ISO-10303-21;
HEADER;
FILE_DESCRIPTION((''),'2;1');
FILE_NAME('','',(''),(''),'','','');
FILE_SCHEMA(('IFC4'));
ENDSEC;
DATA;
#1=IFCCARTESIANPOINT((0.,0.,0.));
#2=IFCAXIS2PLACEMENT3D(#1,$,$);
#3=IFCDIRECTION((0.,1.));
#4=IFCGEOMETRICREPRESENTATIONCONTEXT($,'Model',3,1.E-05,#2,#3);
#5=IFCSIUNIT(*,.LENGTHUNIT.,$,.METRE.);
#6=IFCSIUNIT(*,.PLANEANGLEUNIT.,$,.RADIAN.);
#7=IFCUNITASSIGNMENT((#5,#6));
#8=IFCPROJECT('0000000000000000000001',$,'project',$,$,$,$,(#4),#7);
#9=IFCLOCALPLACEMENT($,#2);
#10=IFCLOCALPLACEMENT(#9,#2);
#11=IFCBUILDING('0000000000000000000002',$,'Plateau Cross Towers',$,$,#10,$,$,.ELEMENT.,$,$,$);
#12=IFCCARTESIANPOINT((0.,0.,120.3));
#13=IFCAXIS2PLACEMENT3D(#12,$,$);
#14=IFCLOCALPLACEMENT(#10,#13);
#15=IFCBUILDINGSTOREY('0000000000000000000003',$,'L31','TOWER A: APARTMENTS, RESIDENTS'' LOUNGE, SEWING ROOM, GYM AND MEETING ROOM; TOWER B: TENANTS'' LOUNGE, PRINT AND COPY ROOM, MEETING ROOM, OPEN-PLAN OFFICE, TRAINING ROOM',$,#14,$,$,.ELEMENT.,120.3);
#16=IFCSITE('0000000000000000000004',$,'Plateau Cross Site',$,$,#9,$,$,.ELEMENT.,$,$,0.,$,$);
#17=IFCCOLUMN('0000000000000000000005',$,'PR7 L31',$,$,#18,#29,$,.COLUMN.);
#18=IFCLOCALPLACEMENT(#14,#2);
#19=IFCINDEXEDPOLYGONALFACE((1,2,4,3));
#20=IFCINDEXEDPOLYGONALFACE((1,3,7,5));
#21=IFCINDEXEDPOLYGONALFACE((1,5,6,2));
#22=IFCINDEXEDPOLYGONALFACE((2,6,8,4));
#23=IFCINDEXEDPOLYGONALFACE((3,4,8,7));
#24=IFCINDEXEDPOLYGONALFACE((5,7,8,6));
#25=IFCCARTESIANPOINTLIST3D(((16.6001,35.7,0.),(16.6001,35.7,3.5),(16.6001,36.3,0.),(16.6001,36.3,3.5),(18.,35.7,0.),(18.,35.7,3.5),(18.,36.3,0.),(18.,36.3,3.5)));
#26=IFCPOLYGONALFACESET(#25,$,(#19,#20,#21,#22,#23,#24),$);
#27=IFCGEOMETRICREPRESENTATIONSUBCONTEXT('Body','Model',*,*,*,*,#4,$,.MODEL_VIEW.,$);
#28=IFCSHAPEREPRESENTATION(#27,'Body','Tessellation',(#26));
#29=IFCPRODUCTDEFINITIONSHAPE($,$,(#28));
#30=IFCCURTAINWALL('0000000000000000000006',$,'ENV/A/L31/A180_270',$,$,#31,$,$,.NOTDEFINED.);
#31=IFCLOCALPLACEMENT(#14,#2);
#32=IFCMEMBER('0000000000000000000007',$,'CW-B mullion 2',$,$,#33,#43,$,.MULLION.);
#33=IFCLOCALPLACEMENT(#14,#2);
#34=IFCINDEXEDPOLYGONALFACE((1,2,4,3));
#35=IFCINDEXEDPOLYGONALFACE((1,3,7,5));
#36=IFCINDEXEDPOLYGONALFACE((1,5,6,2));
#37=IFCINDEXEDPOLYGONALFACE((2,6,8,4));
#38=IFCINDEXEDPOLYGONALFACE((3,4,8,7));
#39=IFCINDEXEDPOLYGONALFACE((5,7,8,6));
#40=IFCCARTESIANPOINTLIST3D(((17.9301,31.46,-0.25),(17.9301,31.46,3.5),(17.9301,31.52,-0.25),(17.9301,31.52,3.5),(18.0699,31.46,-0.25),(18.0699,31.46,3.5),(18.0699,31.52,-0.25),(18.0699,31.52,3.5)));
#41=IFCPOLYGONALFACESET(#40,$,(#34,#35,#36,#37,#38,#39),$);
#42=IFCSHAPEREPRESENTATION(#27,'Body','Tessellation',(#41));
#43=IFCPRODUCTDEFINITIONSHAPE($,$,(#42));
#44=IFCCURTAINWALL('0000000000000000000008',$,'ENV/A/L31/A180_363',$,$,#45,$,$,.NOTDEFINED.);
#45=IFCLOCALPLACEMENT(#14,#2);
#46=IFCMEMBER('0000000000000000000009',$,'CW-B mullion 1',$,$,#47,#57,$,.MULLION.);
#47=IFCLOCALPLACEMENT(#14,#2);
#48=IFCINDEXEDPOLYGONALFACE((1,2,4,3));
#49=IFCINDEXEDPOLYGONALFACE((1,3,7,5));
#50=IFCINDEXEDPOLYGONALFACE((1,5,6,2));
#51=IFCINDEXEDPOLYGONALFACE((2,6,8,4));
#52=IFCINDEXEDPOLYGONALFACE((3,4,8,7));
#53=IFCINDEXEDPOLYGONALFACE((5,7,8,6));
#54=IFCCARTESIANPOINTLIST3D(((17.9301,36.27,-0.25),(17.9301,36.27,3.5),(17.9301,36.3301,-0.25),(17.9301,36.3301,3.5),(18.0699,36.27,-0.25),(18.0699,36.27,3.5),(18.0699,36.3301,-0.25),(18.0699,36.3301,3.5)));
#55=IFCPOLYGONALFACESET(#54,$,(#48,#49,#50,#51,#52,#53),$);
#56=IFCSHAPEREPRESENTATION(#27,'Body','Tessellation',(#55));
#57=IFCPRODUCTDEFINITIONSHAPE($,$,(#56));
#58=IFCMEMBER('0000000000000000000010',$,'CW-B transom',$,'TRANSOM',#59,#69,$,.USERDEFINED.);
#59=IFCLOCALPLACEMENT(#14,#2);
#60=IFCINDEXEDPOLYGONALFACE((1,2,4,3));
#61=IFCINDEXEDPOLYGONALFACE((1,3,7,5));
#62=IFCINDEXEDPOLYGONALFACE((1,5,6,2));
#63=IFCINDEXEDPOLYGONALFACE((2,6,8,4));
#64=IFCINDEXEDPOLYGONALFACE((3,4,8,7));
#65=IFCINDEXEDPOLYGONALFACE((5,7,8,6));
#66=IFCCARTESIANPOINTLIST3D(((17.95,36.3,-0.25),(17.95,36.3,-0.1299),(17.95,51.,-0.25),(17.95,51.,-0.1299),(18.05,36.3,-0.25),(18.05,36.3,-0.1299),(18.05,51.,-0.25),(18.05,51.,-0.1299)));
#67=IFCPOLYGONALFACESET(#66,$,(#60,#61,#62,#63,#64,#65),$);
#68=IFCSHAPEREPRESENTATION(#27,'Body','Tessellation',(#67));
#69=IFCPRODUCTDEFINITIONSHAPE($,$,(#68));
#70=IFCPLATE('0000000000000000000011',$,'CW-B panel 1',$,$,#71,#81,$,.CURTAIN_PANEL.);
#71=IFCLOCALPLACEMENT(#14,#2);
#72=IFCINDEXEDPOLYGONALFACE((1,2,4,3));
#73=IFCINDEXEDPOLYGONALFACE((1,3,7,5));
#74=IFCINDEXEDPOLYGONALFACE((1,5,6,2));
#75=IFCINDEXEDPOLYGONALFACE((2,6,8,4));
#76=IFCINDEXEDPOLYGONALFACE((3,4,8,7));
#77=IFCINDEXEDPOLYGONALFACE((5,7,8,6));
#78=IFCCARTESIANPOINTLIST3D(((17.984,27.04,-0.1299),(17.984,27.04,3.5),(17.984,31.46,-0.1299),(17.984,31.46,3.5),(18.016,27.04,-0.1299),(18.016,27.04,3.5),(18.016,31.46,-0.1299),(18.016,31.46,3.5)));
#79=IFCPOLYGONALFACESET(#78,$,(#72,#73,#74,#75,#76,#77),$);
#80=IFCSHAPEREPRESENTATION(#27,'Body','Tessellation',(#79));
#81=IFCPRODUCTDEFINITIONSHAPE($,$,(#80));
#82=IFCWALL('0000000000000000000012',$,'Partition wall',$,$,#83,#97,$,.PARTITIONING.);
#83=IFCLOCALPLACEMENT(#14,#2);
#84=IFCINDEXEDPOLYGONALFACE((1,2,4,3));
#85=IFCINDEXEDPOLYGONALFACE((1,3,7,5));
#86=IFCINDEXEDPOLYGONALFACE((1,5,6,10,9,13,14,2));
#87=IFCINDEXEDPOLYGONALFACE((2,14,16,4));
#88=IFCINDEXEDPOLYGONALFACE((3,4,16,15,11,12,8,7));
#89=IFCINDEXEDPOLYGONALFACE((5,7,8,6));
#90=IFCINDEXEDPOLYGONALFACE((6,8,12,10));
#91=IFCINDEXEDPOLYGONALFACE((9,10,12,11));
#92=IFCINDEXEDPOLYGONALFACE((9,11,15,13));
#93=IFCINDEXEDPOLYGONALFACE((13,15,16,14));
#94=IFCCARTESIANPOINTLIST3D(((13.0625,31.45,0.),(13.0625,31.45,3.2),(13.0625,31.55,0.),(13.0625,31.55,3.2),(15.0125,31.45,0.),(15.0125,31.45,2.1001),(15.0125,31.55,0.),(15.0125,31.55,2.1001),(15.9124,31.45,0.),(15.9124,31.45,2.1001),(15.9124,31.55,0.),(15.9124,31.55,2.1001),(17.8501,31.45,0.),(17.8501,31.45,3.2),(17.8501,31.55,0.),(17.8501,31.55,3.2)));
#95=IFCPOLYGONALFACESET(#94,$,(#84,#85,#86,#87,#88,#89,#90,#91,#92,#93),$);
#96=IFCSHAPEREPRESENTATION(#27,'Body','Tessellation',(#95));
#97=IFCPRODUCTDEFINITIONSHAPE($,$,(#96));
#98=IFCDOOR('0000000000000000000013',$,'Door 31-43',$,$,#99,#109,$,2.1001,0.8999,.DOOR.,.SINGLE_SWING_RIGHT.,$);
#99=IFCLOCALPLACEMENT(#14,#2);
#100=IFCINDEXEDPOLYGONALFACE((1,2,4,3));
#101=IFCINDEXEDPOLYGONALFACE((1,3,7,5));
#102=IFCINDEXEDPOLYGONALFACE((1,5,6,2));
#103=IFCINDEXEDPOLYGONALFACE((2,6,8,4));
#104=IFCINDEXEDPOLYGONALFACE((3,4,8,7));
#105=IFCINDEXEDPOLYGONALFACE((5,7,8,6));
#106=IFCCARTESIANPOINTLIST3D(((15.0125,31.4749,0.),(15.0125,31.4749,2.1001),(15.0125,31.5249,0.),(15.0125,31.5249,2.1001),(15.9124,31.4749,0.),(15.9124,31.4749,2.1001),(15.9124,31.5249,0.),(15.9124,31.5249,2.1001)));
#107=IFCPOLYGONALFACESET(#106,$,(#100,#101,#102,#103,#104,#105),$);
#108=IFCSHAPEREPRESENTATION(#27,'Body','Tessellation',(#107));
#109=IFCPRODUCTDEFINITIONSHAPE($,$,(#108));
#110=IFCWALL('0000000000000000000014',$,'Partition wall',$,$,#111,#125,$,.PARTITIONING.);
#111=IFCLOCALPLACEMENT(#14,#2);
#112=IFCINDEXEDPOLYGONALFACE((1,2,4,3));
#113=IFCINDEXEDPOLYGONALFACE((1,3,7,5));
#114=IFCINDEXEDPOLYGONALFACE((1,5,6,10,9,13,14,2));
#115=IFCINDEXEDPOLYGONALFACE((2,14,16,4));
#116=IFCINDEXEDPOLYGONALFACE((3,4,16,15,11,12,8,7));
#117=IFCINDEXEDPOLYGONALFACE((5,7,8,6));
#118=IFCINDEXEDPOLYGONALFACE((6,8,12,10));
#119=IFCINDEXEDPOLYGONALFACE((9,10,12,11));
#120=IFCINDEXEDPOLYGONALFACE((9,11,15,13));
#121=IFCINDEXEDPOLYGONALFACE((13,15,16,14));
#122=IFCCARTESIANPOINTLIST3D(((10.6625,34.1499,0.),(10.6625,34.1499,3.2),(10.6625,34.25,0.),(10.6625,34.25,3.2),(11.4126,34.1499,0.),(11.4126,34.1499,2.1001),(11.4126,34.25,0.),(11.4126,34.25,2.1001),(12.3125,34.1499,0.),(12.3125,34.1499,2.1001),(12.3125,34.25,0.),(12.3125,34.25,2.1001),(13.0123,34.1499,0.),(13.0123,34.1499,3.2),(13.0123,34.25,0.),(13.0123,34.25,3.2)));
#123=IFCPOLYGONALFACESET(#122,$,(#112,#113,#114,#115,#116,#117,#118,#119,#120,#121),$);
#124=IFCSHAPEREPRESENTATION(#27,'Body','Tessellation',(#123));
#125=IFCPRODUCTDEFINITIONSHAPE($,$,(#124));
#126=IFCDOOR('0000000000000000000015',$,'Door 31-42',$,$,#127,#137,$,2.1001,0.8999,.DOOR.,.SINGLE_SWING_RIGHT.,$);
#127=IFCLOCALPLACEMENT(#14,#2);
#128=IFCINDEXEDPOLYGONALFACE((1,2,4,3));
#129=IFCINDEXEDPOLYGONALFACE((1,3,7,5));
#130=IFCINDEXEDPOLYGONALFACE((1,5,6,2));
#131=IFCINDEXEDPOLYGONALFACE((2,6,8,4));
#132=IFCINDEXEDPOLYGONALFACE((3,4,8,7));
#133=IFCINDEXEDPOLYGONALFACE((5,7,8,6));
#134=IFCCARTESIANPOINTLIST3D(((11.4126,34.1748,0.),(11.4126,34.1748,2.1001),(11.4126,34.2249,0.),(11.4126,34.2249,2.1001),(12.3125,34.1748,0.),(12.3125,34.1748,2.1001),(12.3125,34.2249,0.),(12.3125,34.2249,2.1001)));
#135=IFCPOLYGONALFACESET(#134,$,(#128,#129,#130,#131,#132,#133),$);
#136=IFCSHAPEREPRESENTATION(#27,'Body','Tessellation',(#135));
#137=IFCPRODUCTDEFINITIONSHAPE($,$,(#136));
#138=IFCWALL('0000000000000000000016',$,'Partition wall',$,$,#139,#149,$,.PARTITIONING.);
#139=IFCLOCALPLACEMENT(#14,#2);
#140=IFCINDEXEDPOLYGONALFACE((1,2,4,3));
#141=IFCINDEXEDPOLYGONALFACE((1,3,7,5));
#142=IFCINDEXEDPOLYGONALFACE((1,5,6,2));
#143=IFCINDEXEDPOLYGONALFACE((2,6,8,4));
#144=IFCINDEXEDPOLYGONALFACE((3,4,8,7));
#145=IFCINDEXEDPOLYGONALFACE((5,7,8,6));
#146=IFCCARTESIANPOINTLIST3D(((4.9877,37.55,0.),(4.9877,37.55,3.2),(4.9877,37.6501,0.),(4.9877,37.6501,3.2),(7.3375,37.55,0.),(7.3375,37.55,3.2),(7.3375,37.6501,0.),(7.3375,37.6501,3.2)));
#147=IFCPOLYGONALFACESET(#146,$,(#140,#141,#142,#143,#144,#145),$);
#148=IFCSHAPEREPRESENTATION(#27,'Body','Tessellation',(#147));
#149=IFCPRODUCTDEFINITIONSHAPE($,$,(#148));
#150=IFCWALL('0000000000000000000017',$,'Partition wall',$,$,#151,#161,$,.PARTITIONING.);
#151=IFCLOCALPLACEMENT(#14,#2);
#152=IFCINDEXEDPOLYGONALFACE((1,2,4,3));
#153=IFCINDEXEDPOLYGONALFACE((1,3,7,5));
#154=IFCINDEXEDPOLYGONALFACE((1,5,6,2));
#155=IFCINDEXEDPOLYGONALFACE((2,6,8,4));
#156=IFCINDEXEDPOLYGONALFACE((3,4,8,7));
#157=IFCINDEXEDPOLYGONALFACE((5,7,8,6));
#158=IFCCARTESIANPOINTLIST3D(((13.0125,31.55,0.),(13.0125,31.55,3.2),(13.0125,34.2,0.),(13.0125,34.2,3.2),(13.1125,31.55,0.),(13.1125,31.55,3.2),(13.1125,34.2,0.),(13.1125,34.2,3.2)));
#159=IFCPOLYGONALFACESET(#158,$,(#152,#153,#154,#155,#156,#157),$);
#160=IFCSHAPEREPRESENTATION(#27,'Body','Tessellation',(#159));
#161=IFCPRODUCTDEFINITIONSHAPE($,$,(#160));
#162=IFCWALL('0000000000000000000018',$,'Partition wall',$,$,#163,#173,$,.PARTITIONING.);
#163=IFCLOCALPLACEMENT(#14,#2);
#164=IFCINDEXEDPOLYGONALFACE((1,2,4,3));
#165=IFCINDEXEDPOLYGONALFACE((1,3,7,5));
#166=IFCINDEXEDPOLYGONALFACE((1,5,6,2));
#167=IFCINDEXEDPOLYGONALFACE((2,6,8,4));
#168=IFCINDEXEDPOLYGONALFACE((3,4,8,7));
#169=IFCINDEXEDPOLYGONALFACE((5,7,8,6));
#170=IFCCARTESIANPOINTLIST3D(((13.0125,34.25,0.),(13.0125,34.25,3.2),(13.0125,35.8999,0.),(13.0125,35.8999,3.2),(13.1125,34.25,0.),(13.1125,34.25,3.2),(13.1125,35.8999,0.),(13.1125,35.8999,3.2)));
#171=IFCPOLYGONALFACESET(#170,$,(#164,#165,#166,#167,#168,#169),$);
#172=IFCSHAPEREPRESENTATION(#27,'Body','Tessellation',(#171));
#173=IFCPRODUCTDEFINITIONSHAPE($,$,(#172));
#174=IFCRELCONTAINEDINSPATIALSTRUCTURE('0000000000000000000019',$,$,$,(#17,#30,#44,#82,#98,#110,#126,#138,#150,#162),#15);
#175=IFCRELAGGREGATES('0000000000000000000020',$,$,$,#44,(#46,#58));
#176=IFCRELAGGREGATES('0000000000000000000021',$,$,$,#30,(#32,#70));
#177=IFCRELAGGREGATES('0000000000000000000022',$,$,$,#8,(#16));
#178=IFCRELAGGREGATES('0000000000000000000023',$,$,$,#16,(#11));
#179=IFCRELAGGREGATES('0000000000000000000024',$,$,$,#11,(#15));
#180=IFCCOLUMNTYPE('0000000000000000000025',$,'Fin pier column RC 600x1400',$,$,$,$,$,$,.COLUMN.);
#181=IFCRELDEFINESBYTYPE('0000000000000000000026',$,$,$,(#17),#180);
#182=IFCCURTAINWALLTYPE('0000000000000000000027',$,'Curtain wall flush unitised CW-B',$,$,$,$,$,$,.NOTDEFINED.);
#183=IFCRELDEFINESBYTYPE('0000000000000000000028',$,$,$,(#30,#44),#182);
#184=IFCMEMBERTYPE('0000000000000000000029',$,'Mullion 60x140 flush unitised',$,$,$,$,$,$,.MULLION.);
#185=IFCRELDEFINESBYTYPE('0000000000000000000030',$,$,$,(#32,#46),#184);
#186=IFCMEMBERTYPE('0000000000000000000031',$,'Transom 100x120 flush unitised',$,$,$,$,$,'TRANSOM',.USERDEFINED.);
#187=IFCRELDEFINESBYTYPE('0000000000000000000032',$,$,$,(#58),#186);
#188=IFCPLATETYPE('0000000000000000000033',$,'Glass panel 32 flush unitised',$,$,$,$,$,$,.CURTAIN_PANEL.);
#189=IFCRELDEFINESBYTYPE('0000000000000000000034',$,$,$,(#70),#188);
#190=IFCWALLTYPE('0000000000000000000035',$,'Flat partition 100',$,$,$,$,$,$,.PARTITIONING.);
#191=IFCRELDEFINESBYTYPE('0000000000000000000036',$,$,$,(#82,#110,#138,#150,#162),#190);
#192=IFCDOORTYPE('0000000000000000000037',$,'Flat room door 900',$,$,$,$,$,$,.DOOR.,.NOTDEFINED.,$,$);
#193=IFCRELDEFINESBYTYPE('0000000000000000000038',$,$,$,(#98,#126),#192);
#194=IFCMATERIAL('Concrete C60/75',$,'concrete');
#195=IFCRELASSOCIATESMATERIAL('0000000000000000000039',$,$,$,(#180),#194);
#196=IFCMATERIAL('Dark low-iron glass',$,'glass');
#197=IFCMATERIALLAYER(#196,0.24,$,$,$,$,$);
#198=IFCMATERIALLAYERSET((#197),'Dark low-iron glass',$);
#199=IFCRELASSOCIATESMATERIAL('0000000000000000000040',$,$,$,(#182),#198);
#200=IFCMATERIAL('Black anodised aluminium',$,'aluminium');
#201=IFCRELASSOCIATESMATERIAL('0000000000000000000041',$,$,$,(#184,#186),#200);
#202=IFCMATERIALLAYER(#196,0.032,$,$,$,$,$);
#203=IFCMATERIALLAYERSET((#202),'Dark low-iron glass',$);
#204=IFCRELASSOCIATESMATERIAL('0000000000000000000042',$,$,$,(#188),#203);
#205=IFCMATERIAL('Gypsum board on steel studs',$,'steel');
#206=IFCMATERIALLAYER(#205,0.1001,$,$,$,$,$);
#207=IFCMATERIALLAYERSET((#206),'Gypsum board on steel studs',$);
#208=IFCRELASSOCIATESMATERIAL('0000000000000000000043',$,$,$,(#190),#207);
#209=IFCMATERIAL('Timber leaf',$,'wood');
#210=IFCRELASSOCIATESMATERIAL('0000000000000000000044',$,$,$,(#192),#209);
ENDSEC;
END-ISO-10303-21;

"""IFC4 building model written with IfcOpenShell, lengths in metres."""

from ifc_helpers import new_model, si_unit, direction, frame, frame_2d, origin, origin_2d, place, context, subcontext, project, spatial, rectangle, extrude, material, layer, layer_set, material_profile, profile_set, type_object, element, fill, aggregate, save


model = new_model("IFC4")

# Units and contexts
model_context = context("Model", 3, precision=1e-05, world=origin(), true_north=direction((0.0, 1.0)))
body_context = subcontext(model_context, "Body", "Model", "MODEL_VIEW")
ifc_project = project(units=[si_unit("LENGTHUNIT", "METRE"), si_unit("PLANEANGLEUNIT", "RADIAN")], contexts=[model_context])

# Site, building, storey
site_placement = place(None, origin())
site = spatial("IfcSite", under=ifc_project, at=site_placement, Name="Plateau Cross Site", CompositionType="ELEMENT", RefElevation=0.0)
building_placement = place(site_placement, origin())
building = spatial("IfcBuilding", under=site, at=building_placement, Name="Plateau Cross Towers", CompositionType="ELEMENT")
storey_placement = place(building_placement, frame((0.0, 0.0, 120.3)))
storey = spatial("IfcBuildingStorey", under=building, at=storey_placement, Name="L31", Description="TOWER A: APARTMENTS, RESIDENTS' LOUNGE, SEWING ROOM, GYM AND MEETING ROOM; TOWER B: TENANTS' LOUNGE, PRINT AND COPY ROOM, MEETING ROOM, OPEN-PLAN OFFICE, TRAINING ROOM", CompositionType="ELEMENT", Elevation=120.3)

# Column
ifc_material_1 = material(Name="Concrete C60/75", Category="concrete")
ifc_material_profile_1 = material_profile(ifc_material_1, rectangle(XDim=0.6001, YDim=1.3999, at=origin_2d()), Name="RC 600x1400")
ifc_profile_set_1 = profile_set([ifc_material_profile_1], Name="Concrete C60/75")
column_type = type_object("IfcColumnType", Name="Fin pier column RC 600x1400", PredefinedType="COLUMN", material=ifc_profile_set_1)
column_placement = place(storey_placement, frame((17.3, 36.0, 0.0), z_axis=(0.0, 0.0, 1.0), x_axis=(0.0, 1.0, 0.0)))
element("IfcColumn", 1, at=column_placement, inside=storey, type_object=column_type, Name="PR7 L31", PredefinedType="COLUMN", context=body_context, shape_type="SweptSolid", body=[
    extrude(rectangle(XDim=0.6001, YDim=1.3999, at=origin_2d()), origin(), (0.0, 0.0, 1.0), 3.5),
])

# Curtain wall, member
ifc_material_2 = material(Name="Dark low-iron glass", Category="glass")
ifc_layer_1 = layer(ifc_material_2, 0.24)
ifc_layer_set_1 = layer_set([ifc_layer_1], Name="Dark low-iron glass")
curtain_wall_type = type_object("IfcCurtainWallType", Name="Curtain wall flush unitised CW-B", PredefinedType="NOTDEFINED", material=ifc_layer_set_1)
curtain_wall_1_placement = place(storey_placement, origin())
curtain_wall_1 = element("IfcCurtainWall", 2, at=curtain_wall_1_placement, inside=storey, type_object=curtain_wall_type, Name="ENV/A/L31/A180_270", PredefinedType="NOTDEFINED")
ifc_material_3 = material(Name="Black anodised aluminium", Category="aluminium")
ifc_material_profile_2 = material_profile(ifc_material_3, rectangle(XDim=0.0601, YDim=0.1399, at=origin_2d()), Name="MULLION 60x140")
ifc_profile_set_2 = profile_set([ifc_material_profile_2], Name="Black anodised aluminium")
member_type_1 = type_object("IfcMemberType", Name="Mullion 60x140 flush unitised", PredefinedType="MULLION", material=ifc_profile_set_2)
member_1_placement = place(storey_placement, frame((18.0, 31.49, -0.25), z_axis=(0.0, 0.0, 1.0), x_axis=(0.0, 1.0, 0.0)))
member_1 = element("IfcMember", 3, at=member_1_placement, type_object=member_type_1, Name="CW-B mullion 2", PredefinedType="MULLION", context=body_context, shape_type="SweptSolid", body=[
    extrude(rectangle(XDim=0.0601, YDim=0.1399, at=origin_2d()), origin(), (0.0, 0.0, 1.0), 3.75),
])

# Curtain wall, members
curtain_wall_2_placement = place(storey_placement, origin())
curtain_wall_2 = element("IfcCurtainWall", 4, at=curtain_wall_2_placement, inside=storey, type_object=curtain_wall_type, Name="ENV/A/L31/A180_363", PredefinedType="NOTDEFINED")
member_2_placement = place(storey_placement, frame((18.0, 36.3, -0.25), z_axis=(0.0, 0.0, 1.0), x_axis=(0.0, 1.0, 0.0)))
member_2 = element("IfcMember", 5, at=member_2_placement, type_object=member_type_1, Name="CW-B mullion 1", PredefinedType="MULLION", context=body_context, shape_type="SweptSolid", body=[
    extrude(rectangle(XDim=0.0601, YDim=0.1399, at=origin_2d()), origin(), (0.0, 0.0, 1.0), 3.75),
])
ifc_material_profile_3 = material_profile(ifc_material_3, rectangle(XDim=0.1001, YDim=0.1201, at=origin_2d()), Name="TRANSOM 100x120")
ifc_profile_set_3 = profile_set([ifc_material_profile_3], Name="Black anodised aluminium")
member_type_2 = type_object("IfcMemberType", Name="Transom 100x120 flush unitised", ElementType="TRANSOM", PredefinedType="USERDEFINED", material=ifc_profile_set_3)
member_3_placement = place(storey_placement, frame((18.0, 36.3, -0.1899), z_axis=(0.0, 1.0, 0.0), x_axis=(-1.0, 0.0, 0.0)))
member_3 = element("IfcMember", 6, at=member_3_placement, type_object=member_type_2, Name="CW-B transom", ObjectType="TRANSOM", PredefinedType="USERDEFINED", context=body_context, shape_type="SweptSolid", body=[
    extrude(rectangle(XDim=0.1001, YDim=0.1201, at=origin_2d()), origin(), (0.0, 0.0, 1.0), 14.7),
])
aggregate(curtain_wall_2, [member_2, member_3])

# Plate
ifc_layer_2 = layer(ifc_material_2, 0.032)
ifc_layer_set_2 = layer_set([ifc_layer_2], Name="Dark low-iron glass")
plate_type = type_object("IfcPlateType", Name="Glass panel 32 flush unitised", PredefinedType="CURTAIN_PANEL", material=ifc_layer_set_2)
plate_placement = place(storey_placement, frame((18.0, 29.25, -0.1299), z_axis=(0.0, 0.0, 1.0), x_axis=(0.0, 1.0, 0.0)))
plate = element("IfcPlate", 7, at=plate_placement, type_object=plate_type, Name="CW-B panel 1", PredefinedType="CURTAIN_PANEL", context=body_context, shape_type="SweptSolid", body=[
    extrude(rectangle(XDim=4.4199, YDim=0.032, at=origin_2d()), origin(), (0.0, 0.0, 1.0), 3.6299),
])
aggregate(curtain_wall_1, [member_1, plate])

# Walls, openings, doors
ifc_material_4 = material(Name="Gypsum board on steel studs", Category="steel")
ifc_layer_3 = layer(ifc_material_4, 0.1001)
ifc_layer_set_3 = layer_set([ifc_layer_3], Name="Gypsum board on steel studs")
wall_type_1 = type_object("IfcWallType", Name="Flat partition 100", PredefinedType="PARTITIONING", material=ifc_layer_set_3)
wall_1_placement = place(storey_placement, frame((13.0625, 31.5, 0.0), z_axis=(0.0, 0.0, 1.0), x_axis=(1.0, 0.0, 0.0)))
wall_1 = element("IfcWall", 8, at=wall_1_placement, inside=storey, type_object=wall_type_1, Name="Partition wall", PredefinedType="PARTITIONING", context=body_context, shape_type="SweptSolid", body=[
    extrude(rectangle(XDim=4.7876, YDim=0.1001, at=frame_2d((2.3938, 0.0))), origin(), (0.0, 0.0, 1.0), 3.2),
])
opening_1_placement = place(wall_1_placement, frame((1.95, 0.0, 0.0)))
opening_1 = element("IfcOpeningElement", 9, at=opening_1_placement, cuts=wall_1, PredefinedType="OPENING", context=body_context, shape_type="SweptSolid", body=[
    extrude(rectangle(XDim=0.8999, YDim=2.1001, at=frame_2d((0.45, 1.05))), frame((0.0, 0.0601, 0.0), z_axis=(0.0, -1.0, 0.0), x_axis=(1.0, 0.0, 0.0)), (0.0, 0.0, 1.0), 0.1201),
])
ifc_material_5 = material(Name="Timber leaf", Category="wood")
door_type_1 = type_object("IfcDoorType", Name="Flat room door 900", OperationType="NOTDEFINED", PredefinedType="DOOR", material=ifc_material_5)
door_1_placement = place(opening_1_placement, origin())
door_1 = element("IfcDoor", 10, at=door_1_placement, inside=storey, type_object=door_type_1, Name="Door 31-43", OperationType="SINGLE_SWING_RIGHT", OverallHeight=2.1001, OverallWidth=0.8999, PredefinedType="DOOR", context=body_context, shape_type="SweptSolid", body=[
    extrude(rectangle(XDim=0.8999, YDim=2.1001, at=frame_2d((0.45, 1.05))), frame((0.0, 0.0249, 0.0), z_axis=(0.0, -1.0, 0.0), x_axis=(1.0, 0.0, 0.0)), (0.0, 0.0, 1.0), 0.05),
])
fill(opening_1, door_1)
wall_2_placement = place(storey_placement, frame((10.6626, 34.2, 0.0), z_axis=(0.0, 0.0, 1.0), x_axis=(1.0, 0.0, 0.0)))
wall_2 = element("IfcWall", 11, at=wall_2_placement, inside=storey, type_object=wall_type_1, Name="Partition wall", PredefinedType="PARTITIONING", context=body_context, shape_type="SweptSolid", body=[
    extrude(rectangle(XDim=2.3499, YDim=0.1001, at=frame_2d((1.1748, 0.0))), origin(), (0.0, 0.0, 1.0), 3.2),
])
opening_2_placement = place(wall_2_placement, frame((0.75, 0.0, 0.0)))
opening_2 = element("IfcOpeningElement", 12, at=opening_2_placement, cuts=wall_2, PredefinedType="OPENING", context=body_context, shape_type="SweptSolid", body=[
    extrude(rectangle(XDim=0.8999, YDim=2.1001, at=frame_2d((0.45, 1.05))), frame((0.0, 0.0601, 0.0), z_axis=(0.0, -1.0, 0.0), x_axis=(1.0, 0.0, 0.0)), (0.0, 0.0, 1.0), 0.1201),
])
door_2_placement = place(opening_2_placement, origin())
door_2 = element("IfcDoor", 13, at=door_2_placement, inside=storey, type_object=door_type_1, Name="Door 31-42", OperationType="SINGLE_SWING_RIGHT", OverallHeight=2.1001, OverallWidth=0.8999, PredefinedType="DOOR", context=body_context, shape_type="SweptSolid", body=[
    extrude(rectangle(XDim=0.8999, YDim=2.1001, at=frame_2d((0.45, 1.05))), frame((0.0, 0.0249, 0.0), z_axis=(0.0, -1.0, 0.0), x_axis=(1.0, 0.0, 0.0)), (0.0, 0.0, 1.0), 0.05),
])
fill(opening_2, door_2)

# Walls
wall_3_placement = place(storey_placement, frame((7.3374, 37.6001, 0.0), z_axis=(0.0, 0.0, 1.0), x_axis=(-1.0, 0.0, 0.0)))
element("IfcWall", 14, at=wall_3_placement, inside=storey, type_object=wall_type_1, Name="Partition wall", PredefinedType="PARTITIONING", context=body_context, shape_type="SweptSolid", body=[
    extrude(rectangle(XDim=2.3499, YDim=0.1001, at=frame_2d((1.1748, 0.0))), origin(), (0.0, 0.0, 1.0), 3.2),
])
wall_4_placement = place(storey_placement, frame((13.0625, 34.2, 0.0), z_axis=(0.0, 0.0, 1.0), x_axis=(0.0, -1.0, 0.0)))
element("IfcWall", 15, at=wall_4_placement, inside=storey, type_object=wall_type_1, Name="Partition wall", PredefinedType="PARTITIONING", context=body_context, shape_type="SweptSolid", body=[
    extrude(rectangle(XDim=2.6499, YDim=0.1001, at=frame_2d((1.325, 0.0))), origin(), (0.0, 0.0, 1.0), 3.2),
])
wall_5_placement = place(storey_placement, frame((13.0625, 34.25, 0.0), z_axis=(0.0, 0.0, 1.0), x_axis=(0.0, 1.0, 0.0)))
element("IfcWall", 16, at=wall_5_placement, inside=storey, type_object=wall_type_1, Name="Partition wall", PredefinedType="PARTITIONING", context=body_context, shape_type="SweptSolid", body=[
    extrude(rectangle(XDim=1.6499, YDim=0.1001, at=frame_2d((0.825, 0.0))), origin(), (0.0, 0.0, 1.0), 3.2),
])

save(model, "model.ifc")
